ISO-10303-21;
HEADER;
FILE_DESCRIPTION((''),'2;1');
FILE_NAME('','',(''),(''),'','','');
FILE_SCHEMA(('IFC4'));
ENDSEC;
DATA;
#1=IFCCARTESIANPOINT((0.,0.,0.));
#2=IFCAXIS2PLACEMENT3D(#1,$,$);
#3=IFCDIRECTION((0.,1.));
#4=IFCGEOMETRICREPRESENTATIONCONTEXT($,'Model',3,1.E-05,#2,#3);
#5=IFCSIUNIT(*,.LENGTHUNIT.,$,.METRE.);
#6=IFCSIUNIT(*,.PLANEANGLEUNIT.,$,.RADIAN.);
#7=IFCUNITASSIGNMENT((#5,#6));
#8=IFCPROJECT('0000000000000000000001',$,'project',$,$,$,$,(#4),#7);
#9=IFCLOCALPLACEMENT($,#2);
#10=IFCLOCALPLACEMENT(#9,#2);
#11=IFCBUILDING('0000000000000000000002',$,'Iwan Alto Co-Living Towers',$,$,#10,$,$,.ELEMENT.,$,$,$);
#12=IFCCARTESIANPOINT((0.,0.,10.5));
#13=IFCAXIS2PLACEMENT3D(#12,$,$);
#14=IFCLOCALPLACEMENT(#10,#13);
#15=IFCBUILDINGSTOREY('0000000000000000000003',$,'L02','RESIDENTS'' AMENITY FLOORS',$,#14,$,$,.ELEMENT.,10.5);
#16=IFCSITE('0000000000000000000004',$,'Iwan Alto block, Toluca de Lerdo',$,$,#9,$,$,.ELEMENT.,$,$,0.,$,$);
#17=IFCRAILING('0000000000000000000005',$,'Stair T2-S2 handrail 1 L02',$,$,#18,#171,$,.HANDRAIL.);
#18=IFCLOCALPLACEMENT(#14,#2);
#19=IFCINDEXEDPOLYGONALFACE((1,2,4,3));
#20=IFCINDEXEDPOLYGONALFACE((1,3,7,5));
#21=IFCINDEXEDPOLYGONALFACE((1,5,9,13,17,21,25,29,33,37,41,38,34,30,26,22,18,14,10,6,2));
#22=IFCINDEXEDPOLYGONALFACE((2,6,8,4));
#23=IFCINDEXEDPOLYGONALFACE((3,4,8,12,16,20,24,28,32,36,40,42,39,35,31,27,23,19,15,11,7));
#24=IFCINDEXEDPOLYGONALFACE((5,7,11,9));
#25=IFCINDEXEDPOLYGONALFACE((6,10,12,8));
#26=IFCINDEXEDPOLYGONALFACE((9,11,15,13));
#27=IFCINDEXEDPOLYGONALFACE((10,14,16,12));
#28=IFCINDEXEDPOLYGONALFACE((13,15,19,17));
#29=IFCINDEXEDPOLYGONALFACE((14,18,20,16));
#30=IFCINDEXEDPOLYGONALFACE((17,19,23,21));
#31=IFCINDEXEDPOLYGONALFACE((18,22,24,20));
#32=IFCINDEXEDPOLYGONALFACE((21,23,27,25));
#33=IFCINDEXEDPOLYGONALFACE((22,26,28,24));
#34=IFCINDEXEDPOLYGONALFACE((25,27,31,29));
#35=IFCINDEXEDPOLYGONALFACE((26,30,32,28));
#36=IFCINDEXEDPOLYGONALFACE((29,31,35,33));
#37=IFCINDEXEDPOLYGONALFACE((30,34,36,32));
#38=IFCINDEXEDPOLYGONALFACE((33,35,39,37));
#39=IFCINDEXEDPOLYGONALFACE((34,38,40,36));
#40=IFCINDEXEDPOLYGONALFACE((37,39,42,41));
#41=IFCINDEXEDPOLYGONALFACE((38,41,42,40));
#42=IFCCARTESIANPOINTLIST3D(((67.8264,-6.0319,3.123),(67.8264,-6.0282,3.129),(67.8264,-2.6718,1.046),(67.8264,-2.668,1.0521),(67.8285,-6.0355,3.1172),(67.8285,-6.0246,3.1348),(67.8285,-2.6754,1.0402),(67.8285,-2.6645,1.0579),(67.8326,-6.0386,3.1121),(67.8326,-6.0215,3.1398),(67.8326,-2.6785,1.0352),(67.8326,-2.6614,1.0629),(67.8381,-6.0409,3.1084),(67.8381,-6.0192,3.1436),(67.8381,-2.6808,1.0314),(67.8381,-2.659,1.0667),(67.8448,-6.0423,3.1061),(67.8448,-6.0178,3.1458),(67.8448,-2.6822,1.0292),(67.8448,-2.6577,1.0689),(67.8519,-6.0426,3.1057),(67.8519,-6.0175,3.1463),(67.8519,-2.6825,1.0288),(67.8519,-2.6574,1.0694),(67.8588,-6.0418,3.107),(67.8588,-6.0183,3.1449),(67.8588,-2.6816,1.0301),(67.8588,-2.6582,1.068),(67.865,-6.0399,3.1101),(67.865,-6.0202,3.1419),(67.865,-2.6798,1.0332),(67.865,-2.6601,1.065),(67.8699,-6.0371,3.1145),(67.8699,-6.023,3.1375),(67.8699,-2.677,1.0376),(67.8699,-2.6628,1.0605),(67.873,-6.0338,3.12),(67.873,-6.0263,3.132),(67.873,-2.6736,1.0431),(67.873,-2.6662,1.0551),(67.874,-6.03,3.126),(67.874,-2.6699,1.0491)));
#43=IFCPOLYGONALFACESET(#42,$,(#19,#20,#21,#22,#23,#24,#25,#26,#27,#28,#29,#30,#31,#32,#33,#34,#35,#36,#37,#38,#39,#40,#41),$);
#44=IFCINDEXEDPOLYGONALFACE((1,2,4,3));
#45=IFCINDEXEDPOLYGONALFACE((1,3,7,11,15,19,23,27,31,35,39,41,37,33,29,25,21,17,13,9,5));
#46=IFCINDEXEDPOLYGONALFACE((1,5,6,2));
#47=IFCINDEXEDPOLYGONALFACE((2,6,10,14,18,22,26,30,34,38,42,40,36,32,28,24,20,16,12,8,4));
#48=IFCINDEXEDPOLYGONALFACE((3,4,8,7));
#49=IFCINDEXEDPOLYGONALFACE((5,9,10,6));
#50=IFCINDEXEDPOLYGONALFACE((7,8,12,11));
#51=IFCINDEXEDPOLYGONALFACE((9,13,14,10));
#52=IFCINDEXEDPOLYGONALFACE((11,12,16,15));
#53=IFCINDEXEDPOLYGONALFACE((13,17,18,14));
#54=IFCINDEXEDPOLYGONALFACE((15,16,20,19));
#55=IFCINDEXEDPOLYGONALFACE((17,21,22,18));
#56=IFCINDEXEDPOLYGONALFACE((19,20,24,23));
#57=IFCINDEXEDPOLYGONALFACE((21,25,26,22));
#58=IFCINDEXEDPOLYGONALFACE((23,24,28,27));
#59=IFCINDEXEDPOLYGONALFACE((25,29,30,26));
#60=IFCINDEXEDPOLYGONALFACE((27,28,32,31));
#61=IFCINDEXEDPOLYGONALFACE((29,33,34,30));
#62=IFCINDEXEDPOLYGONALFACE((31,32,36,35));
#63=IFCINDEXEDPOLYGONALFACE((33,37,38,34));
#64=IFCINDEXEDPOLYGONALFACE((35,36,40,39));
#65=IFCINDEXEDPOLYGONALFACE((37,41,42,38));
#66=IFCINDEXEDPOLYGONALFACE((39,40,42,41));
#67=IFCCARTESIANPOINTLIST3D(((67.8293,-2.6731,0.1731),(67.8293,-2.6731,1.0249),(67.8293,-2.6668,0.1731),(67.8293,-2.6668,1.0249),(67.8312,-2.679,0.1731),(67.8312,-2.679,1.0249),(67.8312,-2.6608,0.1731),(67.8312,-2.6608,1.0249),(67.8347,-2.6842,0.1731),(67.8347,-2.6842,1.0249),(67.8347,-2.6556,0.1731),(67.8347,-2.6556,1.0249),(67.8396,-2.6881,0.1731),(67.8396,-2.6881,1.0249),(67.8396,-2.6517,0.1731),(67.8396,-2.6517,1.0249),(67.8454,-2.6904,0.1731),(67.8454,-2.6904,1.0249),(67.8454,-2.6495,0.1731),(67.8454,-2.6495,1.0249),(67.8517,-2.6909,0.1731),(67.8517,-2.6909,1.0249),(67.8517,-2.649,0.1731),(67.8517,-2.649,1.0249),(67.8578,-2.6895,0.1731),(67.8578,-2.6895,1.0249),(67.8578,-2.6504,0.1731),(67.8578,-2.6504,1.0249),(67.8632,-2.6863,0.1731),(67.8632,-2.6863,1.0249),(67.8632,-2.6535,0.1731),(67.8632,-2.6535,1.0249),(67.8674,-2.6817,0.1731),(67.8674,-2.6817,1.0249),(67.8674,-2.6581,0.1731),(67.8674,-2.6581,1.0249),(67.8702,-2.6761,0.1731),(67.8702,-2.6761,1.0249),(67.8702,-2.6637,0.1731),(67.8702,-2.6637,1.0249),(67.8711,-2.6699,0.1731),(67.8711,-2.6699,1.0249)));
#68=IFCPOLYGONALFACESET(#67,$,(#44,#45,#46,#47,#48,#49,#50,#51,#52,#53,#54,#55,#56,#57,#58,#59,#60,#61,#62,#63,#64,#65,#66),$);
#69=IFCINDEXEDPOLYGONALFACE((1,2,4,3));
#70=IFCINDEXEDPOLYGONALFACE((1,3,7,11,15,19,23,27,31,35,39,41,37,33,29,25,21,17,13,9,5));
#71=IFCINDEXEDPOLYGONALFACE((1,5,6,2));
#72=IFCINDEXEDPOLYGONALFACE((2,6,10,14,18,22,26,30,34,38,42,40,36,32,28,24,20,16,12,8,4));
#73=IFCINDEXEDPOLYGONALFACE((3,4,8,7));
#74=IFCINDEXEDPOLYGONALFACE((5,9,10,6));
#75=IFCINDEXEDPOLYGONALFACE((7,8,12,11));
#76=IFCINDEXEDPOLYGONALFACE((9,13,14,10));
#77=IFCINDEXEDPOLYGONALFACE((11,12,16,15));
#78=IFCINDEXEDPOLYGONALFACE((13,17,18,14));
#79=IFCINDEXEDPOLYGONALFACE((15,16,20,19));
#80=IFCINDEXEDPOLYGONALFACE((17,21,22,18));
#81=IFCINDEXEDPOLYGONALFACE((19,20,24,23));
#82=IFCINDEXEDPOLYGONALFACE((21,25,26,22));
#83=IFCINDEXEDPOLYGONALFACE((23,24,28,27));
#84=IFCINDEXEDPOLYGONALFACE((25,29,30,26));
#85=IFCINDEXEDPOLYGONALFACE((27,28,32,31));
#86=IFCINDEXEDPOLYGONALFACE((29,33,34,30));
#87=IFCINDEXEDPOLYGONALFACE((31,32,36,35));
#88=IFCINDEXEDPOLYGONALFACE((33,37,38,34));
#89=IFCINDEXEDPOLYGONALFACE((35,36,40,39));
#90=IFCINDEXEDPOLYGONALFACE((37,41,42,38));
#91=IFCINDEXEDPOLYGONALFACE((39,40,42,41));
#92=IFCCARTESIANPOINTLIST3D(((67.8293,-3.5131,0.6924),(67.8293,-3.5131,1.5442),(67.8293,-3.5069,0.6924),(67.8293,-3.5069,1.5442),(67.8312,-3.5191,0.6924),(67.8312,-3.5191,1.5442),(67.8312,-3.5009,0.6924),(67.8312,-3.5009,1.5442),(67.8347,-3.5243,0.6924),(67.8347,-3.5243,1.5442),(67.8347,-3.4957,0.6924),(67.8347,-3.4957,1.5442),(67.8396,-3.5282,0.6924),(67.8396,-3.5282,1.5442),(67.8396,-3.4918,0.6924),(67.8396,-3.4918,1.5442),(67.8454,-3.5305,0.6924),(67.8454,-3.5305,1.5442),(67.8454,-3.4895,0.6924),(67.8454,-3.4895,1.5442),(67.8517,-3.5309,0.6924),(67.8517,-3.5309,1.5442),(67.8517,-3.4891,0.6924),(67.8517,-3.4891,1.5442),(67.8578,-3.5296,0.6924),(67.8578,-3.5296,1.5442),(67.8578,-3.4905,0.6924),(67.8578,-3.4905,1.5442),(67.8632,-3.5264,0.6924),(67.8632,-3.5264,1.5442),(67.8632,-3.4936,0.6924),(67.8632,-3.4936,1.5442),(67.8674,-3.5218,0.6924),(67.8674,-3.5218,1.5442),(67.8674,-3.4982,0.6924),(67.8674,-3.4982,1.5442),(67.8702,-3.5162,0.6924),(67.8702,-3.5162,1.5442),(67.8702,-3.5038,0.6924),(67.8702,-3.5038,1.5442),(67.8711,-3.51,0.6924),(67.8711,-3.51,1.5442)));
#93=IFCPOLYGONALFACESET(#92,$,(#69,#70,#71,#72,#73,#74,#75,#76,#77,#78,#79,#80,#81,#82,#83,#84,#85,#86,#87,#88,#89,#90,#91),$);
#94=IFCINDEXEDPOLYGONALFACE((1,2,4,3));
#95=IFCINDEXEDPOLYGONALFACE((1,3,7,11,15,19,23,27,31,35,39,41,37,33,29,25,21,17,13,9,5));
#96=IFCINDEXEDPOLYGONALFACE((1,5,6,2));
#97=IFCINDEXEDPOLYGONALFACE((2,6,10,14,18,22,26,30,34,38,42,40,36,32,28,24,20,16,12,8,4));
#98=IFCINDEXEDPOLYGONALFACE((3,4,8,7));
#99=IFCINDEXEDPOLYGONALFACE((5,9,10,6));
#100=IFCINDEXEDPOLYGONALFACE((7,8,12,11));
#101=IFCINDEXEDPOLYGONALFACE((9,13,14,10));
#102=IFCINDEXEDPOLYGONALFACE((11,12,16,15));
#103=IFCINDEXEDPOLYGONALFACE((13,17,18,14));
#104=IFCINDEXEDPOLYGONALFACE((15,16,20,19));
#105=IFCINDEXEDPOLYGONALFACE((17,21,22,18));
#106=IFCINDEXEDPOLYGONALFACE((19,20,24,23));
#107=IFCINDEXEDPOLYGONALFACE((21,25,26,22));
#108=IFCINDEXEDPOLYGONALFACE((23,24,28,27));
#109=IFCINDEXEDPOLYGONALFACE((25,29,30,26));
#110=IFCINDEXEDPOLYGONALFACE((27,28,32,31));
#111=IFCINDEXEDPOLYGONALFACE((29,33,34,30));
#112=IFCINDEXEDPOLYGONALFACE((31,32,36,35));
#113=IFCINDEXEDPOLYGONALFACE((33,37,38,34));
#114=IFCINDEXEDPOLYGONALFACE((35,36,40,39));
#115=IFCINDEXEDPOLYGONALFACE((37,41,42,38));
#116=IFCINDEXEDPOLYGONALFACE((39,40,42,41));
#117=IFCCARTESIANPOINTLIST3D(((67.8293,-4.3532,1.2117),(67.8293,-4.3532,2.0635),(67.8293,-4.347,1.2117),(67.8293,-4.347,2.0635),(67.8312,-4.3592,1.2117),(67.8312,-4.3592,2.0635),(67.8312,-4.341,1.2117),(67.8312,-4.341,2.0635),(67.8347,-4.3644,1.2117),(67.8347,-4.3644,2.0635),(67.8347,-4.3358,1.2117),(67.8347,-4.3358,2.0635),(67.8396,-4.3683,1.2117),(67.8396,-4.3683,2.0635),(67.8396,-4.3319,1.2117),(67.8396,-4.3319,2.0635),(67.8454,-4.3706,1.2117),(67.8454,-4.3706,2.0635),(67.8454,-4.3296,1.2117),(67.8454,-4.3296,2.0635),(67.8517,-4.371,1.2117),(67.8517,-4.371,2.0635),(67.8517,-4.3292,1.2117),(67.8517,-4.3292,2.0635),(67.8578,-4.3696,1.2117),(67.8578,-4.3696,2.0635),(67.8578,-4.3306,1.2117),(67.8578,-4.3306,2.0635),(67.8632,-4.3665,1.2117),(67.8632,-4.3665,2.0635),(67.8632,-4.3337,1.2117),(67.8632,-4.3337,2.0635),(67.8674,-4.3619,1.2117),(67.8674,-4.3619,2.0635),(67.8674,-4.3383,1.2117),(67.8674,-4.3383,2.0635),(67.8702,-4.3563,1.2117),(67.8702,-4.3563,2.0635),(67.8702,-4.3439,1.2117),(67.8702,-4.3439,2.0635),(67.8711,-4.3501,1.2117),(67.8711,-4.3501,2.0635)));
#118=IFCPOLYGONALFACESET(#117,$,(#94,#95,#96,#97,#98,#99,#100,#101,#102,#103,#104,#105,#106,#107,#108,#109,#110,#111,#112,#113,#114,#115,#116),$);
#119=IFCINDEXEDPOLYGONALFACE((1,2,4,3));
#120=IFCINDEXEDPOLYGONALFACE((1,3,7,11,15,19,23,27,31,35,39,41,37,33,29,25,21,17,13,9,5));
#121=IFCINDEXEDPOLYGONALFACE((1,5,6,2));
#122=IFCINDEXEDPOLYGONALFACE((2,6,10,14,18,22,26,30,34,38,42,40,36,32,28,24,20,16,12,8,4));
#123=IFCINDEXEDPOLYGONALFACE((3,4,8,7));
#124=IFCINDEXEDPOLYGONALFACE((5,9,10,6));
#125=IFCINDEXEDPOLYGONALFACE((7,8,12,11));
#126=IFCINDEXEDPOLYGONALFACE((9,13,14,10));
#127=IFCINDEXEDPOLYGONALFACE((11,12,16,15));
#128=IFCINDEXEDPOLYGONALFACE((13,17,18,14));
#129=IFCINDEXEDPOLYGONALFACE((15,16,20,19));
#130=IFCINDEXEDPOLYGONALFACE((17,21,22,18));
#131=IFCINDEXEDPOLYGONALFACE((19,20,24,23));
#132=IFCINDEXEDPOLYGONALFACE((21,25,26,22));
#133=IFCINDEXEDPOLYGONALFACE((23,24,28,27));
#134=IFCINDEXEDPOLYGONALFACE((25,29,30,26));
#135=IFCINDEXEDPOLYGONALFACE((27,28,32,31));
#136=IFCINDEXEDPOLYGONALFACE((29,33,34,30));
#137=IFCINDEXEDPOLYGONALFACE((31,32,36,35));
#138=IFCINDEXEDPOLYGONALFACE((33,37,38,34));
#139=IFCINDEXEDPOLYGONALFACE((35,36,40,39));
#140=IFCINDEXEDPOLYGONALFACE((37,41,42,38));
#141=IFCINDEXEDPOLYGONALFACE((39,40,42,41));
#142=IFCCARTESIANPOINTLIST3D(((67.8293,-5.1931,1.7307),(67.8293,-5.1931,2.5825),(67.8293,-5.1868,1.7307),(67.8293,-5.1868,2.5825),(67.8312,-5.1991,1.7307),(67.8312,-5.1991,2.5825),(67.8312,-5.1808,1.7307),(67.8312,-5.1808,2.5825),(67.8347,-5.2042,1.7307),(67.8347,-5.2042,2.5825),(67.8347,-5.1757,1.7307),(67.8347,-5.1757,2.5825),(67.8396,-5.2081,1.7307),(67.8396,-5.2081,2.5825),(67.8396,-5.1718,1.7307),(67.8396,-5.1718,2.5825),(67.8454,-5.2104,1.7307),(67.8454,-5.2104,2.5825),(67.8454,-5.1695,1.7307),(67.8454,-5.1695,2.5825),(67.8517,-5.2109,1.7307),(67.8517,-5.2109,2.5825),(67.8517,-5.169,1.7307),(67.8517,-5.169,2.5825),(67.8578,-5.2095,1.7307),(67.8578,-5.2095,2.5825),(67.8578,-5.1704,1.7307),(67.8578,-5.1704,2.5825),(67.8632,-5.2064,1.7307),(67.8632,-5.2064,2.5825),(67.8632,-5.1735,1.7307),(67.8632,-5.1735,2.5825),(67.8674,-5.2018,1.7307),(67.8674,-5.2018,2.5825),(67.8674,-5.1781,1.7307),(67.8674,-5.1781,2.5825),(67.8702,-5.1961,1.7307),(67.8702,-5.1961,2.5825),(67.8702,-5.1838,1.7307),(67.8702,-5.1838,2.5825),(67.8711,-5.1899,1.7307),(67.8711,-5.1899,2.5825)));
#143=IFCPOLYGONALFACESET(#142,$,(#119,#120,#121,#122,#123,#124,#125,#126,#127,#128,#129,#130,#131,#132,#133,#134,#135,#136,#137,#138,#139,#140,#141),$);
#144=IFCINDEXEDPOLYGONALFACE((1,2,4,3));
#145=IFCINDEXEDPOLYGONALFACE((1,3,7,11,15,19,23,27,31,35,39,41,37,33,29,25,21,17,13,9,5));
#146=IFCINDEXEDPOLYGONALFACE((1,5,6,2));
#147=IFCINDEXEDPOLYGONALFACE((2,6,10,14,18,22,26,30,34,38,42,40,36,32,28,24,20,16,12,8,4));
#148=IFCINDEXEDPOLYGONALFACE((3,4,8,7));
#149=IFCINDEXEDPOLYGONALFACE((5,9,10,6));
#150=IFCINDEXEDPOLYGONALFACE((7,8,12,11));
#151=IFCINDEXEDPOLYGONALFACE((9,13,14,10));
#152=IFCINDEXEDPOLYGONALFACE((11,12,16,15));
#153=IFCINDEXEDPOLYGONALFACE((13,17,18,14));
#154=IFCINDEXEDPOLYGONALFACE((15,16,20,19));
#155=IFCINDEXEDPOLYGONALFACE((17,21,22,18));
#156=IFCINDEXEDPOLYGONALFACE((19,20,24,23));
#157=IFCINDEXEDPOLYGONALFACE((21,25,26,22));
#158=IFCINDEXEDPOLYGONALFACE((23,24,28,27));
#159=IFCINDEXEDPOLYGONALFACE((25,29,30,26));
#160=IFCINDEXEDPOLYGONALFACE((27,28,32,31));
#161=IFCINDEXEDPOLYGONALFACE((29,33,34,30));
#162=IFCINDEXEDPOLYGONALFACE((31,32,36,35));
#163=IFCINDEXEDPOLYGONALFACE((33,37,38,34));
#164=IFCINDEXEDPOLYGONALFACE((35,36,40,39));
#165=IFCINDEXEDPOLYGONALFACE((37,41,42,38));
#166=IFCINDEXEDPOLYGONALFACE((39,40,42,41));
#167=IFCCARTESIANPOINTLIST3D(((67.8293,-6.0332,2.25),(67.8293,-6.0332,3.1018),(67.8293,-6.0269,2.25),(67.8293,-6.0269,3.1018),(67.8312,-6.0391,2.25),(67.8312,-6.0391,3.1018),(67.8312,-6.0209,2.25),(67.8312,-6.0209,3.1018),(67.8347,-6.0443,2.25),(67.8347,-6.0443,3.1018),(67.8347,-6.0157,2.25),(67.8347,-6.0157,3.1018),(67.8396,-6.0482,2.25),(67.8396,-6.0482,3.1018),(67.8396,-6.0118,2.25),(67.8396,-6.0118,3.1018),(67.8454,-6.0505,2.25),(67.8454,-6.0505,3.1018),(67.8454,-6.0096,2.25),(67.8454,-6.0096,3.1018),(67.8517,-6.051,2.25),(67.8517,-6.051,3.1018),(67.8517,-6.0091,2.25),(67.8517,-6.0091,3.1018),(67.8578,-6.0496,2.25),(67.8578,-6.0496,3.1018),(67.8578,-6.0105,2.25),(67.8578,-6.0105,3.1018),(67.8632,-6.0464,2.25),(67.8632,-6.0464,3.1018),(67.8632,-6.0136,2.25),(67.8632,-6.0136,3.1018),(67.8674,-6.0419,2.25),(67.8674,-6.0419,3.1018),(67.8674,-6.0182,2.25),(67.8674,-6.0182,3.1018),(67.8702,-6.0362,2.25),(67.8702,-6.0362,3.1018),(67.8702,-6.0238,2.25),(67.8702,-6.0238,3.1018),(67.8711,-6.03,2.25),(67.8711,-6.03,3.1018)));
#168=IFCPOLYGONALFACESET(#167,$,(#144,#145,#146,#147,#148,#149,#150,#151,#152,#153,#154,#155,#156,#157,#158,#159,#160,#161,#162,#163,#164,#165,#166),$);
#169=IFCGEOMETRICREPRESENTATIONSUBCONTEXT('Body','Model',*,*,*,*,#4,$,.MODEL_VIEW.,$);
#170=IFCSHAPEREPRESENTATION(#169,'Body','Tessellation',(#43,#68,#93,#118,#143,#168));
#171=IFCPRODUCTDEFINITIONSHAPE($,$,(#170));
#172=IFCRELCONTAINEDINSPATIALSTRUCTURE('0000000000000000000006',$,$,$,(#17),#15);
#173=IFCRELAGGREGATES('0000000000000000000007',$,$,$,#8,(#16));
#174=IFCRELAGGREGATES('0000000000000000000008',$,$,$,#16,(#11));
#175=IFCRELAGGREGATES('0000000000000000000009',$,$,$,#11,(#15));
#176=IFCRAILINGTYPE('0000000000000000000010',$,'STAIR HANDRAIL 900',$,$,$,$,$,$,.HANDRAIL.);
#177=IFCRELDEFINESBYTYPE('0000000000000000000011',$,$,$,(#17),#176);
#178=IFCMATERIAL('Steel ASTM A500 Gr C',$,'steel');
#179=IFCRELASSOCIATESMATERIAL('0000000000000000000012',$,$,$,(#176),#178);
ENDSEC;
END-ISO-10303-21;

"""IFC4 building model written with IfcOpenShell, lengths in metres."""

from ifc_helpers import new_model, si_unit, direction, frame, origin, origin_2d, place, context, subcontext, project, spatial, circle, extrude, material, type_object, element, save


model = new_model("IFC4")

# Units and contexts
model_context = context("Model", 3, precision=1e-05, world=origin(), true_north=direction((0.0, 1.0)))
body_context = subcontext(model_context, "Body", "Model", "MODEL_VIEW")
ifc_project = project(units=[si_unit("LENGTHUNIT", "METRE"), si_unit("PLANEANGLEUNIT", "RADIAN")], contexts=[model_context])

# Site, building, storey
site_placement = place(None, origin())
site = spatial("IfcSite", under=ifc_project, at=site_placement, Name="Iwan Alto block, Toluca de Lerdo", CompositionType="ELEMENT", RefElevation=0.0)
building_placement = place(site_placement, origin())
building = spatial("IfcBuilding", under=site, at=building_placement, Name="Iwan Alto Co-Living Towers", CompositionType="ELEMENT")
storey_placement = place(building_placement, frame((0.0, 0.0, 10.5)))
storey = spatial("IfcBuildingStorey", under=building, at=storey_placement, Name="L02", Description="RESIDENTS' AMENITY FLOORS", CompositionType="ELEMENT", Elevation=10.5)

# Railing
ifc_material_1 = material(Name="Steel ASTM A500 Gr C", Category="steel")
railing_type_1 = type_object("IfcRailingType", Name="STAIR HANDRAIL 900", PredefinedType="HANDRAIL", material=ifc_material_1)
railing_1_placement = place(storey_placement, frame((67.8501, -2.6699, 0.1731)))
element("IfcRailing", 1, at=railing_1_placement, inside=storey, type_object=railing_type_1, Name="Stair T2-S2 handrail 1 L02", PredefinedType="HANDRAIL", context=body_context, shape_type="SweptSolid", body=[
    extrude(circle(Radius=0.0239, at=origin_2d()), frame((0.0, 0.0, 0.876), z_axis=(0.0, -0.850623, 0.525776), x_axis=(1.0, 0.0, 0.0)), (0.0, 0.0, 1.0), 3.9502),
    extrude(circle(Radius=0.021, at=origin_2d()), origin(), (0.0, 0.0, 1.0), 0.8518),
    extrude(circle(Radius=0.021, at=origin_2d()), frame((0.0, -0.8401, 0.5193)), (0.0, 0.0, 1.0), 0.8518),
    extrude(circle(Radius=0.021, at=origin_2d()), frame((0.0, -1.6802, 1.0386)), (0.0, 0.0, 1.0), 0.8518),
    extrude(circle(Radius=0.021, at=origin_2d()), frame((0.0, -2.52, 1.5576)), (0.0, 0.0, 1.0), 0.8518),
    extrude(circle(Radius=0.021, at=origin_2d()), frame((0.0, -3.3601, 2.0769)), (0.0, 0.0, 1.0), 0.8518),
])

save(model, "model.ifc")
